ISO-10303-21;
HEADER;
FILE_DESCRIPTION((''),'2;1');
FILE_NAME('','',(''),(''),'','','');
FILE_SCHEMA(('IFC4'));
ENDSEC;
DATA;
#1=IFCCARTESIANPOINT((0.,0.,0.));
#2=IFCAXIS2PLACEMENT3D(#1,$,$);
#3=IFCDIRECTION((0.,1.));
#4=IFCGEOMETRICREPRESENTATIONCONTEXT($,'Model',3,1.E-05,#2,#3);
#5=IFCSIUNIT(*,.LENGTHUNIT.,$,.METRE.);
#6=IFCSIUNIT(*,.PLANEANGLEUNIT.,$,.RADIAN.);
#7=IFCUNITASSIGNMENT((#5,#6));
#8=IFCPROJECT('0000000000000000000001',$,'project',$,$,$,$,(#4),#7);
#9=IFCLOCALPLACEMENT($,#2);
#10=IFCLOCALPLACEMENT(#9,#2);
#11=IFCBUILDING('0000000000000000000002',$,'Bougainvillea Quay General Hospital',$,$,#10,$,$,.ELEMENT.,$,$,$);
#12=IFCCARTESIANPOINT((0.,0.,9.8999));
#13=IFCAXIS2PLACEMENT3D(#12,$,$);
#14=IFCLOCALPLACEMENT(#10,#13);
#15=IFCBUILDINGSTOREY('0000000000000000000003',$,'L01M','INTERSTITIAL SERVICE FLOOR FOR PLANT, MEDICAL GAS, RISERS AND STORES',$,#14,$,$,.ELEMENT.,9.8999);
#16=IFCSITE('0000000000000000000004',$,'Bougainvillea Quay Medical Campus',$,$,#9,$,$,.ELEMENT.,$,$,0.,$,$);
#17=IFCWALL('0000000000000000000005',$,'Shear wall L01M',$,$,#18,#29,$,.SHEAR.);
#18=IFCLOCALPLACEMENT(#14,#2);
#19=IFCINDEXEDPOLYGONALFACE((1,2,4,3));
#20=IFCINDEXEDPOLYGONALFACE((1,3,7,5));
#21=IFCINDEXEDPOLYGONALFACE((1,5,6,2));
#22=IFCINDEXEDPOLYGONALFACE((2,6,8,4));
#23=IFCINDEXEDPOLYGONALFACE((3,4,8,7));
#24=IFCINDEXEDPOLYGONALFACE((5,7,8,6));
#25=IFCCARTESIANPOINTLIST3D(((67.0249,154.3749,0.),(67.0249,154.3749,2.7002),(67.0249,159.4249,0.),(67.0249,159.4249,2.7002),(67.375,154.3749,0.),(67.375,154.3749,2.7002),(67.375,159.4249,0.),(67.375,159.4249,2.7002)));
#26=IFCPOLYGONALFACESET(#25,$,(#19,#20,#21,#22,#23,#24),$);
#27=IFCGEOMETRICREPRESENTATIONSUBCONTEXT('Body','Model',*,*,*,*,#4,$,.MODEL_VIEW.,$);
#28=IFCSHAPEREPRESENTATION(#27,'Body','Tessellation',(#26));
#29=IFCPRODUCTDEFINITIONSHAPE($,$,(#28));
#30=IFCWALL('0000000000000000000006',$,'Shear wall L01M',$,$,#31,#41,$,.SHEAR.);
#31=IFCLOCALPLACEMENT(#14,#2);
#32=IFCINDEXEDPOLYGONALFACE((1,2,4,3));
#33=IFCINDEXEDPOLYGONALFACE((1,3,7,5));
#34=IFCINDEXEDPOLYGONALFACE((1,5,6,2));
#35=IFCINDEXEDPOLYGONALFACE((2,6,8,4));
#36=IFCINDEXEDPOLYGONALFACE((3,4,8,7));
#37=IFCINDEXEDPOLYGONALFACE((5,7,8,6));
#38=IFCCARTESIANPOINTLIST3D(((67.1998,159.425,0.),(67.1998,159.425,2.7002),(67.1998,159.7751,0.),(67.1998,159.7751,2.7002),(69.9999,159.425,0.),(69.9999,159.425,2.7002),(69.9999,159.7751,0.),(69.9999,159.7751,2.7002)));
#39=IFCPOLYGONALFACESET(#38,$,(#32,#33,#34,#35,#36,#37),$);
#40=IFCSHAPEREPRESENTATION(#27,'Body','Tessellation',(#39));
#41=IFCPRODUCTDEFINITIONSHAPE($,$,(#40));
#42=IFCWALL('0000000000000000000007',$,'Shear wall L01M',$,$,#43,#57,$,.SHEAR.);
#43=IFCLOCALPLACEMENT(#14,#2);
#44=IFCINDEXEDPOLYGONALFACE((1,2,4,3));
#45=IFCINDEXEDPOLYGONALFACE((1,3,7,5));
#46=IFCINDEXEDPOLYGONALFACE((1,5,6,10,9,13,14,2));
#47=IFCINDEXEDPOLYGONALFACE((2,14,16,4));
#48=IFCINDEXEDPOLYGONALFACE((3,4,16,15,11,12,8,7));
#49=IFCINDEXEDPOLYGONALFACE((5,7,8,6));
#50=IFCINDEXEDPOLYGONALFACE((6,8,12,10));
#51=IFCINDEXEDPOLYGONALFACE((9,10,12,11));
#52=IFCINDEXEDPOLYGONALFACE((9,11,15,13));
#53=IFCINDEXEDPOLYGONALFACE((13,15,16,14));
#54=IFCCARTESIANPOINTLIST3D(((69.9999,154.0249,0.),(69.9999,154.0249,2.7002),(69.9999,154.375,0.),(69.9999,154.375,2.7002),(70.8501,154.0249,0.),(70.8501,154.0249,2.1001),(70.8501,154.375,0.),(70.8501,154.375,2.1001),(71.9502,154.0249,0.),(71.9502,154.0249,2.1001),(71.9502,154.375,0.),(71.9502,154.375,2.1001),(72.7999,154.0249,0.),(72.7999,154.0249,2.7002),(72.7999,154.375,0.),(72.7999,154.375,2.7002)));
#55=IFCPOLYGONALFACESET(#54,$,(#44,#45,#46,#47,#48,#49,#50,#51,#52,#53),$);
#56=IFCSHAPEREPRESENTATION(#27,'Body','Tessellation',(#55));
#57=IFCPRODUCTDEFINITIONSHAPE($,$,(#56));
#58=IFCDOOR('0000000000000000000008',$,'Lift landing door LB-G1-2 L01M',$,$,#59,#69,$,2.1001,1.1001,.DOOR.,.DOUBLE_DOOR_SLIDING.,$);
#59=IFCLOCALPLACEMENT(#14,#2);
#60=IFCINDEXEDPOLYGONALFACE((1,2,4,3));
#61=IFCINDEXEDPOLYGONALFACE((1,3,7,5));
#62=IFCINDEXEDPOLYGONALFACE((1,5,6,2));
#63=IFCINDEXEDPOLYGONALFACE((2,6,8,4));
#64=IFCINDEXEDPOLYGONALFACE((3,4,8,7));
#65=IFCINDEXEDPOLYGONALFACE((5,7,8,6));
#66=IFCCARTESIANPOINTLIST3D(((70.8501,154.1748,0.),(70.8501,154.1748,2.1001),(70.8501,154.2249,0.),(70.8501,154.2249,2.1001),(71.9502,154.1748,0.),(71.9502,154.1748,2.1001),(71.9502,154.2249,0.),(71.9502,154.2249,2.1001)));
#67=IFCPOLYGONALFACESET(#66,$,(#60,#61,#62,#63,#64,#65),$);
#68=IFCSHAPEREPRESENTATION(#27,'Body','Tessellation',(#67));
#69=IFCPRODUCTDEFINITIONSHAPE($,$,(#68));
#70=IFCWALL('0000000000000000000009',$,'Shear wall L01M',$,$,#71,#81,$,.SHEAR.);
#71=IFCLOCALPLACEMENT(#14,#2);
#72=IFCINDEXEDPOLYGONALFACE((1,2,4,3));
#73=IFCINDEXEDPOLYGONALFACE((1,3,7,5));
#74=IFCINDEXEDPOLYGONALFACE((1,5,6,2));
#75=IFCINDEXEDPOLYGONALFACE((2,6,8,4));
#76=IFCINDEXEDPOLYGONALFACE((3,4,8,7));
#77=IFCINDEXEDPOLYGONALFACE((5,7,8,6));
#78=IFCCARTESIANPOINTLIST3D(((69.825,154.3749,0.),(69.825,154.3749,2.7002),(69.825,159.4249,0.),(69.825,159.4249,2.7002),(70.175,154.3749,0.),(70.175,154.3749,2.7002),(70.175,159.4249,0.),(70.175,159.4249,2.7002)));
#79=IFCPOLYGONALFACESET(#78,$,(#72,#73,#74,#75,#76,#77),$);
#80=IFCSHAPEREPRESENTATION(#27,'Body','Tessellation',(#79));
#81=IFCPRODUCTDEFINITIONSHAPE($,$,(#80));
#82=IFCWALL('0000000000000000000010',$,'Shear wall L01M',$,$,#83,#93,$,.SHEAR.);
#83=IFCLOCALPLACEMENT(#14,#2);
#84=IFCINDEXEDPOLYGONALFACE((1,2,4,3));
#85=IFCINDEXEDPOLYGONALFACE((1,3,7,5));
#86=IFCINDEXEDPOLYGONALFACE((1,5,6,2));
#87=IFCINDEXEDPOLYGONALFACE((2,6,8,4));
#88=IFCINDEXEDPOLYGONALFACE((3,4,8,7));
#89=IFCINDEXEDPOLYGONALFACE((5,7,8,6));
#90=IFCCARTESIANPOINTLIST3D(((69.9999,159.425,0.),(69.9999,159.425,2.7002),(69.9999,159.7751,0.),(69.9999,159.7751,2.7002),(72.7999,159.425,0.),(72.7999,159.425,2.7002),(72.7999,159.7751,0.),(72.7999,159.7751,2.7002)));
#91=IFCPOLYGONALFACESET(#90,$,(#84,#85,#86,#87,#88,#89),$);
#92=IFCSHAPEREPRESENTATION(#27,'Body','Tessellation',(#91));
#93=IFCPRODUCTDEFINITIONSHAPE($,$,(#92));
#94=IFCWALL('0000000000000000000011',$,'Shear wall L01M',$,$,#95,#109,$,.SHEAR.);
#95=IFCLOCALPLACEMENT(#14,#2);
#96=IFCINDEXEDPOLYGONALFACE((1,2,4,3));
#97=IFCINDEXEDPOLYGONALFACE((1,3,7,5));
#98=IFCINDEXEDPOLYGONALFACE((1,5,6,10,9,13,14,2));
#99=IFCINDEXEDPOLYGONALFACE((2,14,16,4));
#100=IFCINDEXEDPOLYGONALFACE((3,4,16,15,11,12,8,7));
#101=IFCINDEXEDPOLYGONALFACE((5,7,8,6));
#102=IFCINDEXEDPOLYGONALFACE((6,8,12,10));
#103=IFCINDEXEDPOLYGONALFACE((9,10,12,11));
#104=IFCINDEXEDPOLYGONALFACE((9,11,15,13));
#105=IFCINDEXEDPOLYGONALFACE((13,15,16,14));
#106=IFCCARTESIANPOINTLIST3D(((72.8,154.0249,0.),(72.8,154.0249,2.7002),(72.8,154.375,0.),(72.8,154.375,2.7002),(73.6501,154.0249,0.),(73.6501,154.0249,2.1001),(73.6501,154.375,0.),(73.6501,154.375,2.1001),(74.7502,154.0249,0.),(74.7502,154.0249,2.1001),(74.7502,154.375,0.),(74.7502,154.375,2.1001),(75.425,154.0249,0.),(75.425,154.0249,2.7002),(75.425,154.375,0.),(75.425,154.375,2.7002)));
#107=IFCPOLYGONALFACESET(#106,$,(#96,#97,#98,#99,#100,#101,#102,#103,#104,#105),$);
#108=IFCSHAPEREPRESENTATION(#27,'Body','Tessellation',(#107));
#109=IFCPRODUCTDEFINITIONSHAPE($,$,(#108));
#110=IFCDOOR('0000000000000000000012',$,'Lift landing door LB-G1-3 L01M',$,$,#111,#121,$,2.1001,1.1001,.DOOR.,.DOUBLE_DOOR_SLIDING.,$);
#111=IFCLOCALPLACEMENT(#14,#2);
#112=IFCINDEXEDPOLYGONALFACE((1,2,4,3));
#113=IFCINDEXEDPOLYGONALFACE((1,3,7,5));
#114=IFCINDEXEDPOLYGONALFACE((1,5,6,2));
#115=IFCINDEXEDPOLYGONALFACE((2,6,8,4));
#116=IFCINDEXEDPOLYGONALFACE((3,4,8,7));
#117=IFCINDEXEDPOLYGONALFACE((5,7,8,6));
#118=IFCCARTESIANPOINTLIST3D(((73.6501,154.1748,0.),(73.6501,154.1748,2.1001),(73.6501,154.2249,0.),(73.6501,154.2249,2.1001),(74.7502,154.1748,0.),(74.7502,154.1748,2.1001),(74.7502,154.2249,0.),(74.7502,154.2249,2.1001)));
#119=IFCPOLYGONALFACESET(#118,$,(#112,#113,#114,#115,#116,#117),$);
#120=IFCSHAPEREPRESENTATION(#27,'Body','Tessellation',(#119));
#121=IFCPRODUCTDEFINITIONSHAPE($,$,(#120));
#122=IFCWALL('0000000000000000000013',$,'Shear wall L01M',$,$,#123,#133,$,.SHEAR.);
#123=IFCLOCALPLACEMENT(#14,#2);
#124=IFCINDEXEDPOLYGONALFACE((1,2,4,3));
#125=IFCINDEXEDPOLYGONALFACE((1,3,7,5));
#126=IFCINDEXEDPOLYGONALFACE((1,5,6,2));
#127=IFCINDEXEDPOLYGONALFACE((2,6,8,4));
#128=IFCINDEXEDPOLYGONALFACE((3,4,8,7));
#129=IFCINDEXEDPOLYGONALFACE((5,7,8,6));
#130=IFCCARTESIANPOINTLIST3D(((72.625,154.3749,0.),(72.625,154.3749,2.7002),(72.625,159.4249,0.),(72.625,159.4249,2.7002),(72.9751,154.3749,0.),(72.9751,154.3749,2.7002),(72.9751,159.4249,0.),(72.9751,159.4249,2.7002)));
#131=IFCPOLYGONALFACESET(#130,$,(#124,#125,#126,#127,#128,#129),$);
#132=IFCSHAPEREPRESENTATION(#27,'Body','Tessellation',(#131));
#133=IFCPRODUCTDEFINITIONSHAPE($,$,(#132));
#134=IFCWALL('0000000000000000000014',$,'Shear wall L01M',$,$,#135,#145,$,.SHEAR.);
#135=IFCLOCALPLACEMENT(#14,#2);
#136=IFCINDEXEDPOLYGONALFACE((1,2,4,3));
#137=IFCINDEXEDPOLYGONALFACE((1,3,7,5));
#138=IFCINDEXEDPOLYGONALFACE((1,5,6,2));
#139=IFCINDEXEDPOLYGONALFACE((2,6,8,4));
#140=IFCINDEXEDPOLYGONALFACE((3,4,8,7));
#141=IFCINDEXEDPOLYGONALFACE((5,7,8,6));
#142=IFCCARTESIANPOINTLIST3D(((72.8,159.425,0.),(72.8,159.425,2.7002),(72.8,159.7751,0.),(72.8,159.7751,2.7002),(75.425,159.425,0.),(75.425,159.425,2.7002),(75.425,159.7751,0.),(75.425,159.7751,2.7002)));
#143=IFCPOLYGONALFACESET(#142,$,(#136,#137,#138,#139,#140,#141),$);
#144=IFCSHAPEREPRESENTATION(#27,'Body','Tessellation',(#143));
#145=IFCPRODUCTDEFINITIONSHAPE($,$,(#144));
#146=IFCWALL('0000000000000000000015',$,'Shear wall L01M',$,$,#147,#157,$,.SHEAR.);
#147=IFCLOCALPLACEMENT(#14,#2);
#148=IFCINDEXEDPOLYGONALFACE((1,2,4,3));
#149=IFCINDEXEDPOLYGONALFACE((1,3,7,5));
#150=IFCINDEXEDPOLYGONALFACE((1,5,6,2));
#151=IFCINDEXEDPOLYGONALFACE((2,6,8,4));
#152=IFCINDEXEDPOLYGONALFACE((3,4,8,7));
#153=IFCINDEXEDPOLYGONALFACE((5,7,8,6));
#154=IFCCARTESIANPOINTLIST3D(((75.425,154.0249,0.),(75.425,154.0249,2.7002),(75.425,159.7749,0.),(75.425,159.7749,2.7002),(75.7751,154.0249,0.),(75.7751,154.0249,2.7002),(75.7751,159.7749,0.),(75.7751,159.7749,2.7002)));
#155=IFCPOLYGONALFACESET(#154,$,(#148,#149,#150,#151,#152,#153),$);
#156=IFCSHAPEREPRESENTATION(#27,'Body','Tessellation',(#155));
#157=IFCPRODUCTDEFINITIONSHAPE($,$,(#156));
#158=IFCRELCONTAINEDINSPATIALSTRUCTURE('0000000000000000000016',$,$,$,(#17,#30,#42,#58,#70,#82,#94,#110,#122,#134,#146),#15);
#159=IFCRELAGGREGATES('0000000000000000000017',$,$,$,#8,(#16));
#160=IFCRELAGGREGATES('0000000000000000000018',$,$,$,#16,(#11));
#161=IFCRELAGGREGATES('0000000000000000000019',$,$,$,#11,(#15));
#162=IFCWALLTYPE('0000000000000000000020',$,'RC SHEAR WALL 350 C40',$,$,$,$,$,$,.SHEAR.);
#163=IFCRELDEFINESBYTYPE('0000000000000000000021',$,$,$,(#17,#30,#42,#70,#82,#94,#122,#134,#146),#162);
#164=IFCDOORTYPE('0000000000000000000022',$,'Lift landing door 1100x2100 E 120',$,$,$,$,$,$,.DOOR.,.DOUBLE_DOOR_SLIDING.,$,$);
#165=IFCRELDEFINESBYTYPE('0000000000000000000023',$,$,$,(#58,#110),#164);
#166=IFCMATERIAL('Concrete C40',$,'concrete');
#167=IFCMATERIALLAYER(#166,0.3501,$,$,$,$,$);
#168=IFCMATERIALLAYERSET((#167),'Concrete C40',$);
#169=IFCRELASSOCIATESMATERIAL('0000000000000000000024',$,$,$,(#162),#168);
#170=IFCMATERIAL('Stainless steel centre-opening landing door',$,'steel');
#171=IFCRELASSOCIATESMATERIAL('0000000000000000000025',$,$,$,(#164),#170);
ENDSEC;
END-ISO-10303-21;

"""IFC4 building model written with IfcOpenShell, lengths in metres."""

from ifc_helpers import new_model, si_unit, direction, frame, frame_2d, origin, place, context, subcontext, project, spatial, rectangle, extrude, material, layer, layer_set, type_object, element, fill, save


model = new_model("IFC4")

# Units and contexts
model_context = context("Model", 3, precision=1e-05, world=origin(), true_north=direction((0.0, 1.0)))
body_context = subcontext(model_context, "Body", "Model", "MODEL_VIEW")
ifc_project = project(units=[si_unit("LENGTHUNIT", "METRE"), si_unit("PLANEANGLEUNIT", "RADIAN")], contexts=[model_context])

# Site, building, storey
site_placement = place(None, origin())
site = spatial("IfcSite", under=ifc_project, at=site_placement, Name="Bougainvillea Quay Medical Campus", CompositionType="ELEMENT", RefElevation=0.0)
building_placement = place(site_placement, origin())
building = spatial("IfcBuilding", under=site, at=building_placement, Name="Bougainvillea Quay General Hospital", CompositionType="ELEMENT")
storey_placement = place(building_placement, frame((0.0, 0.0, 9.8999)))
storey = spatial("IfcBuildingStorey", under=building, at=storey_placement, Name="L01M", Description="INTERSTITIAL SERVICE FLOOR FOR PLANT, MEDICAL GAS, RISERS AND STORES", CompositionType="ELEMENT", Elevation=9.8999)

# Shared definitions
ifc_material_1 = material(Name="Concrete C40", Category="concrete")
ifc_layer_1 = layer(ifc_material_1, 0.3501)
ifc_layer_set_1 = layer_set([ifc_layer_1], Name="Concrete C40")
wall_type_1 = type_object("IfcWallType", Name="RC SHEAR WALL 350 C40", PredefinedType="SHEAR", material=ifc_layer_set_1)
ifc_material_2 = material(Name="Stainless steel centre-opening landing door", Category="steel")
door_type_1 = type_object("IfcDoorType", Name="Lift landing door 1100x2100 E 120", OperationType="DOUBLE_DOOR_SLIDING", PredefinedType="DOOR", material=ifc_material_2)

# Walls
wall_1_placement = place(storey_placement, frame((67.2, 154.375, 0.0), z_axis=(0.0, 0.0, 1.0), x_axis=(0.0, 1.0, 0.0)))
element("IfcWall", 1, at=wall_1_placement, inside=storey, type_object=wall_type_1, Name="Shear wall L01M", PredefinedType="SHEAR", context=body_context, shape_type="SweptSolid", body=[
    extrude(rectangle(XDim=5.05, YDim=0.3501, at=frame_2d((2.5249, 0.0))), origin(), (0.0, 0.0, 1.0), 2.7002),
])
wall_2_placement = place(storey_placement, frame((67.2, 159.6001, 0.0), z_axis=(0.0, 0.0, 1.0), x_axis=(1.0, 0.0, 0.0)))
element("IfcWall", 2, at=wall_2_placement, inside=storey, type_object=wall_type_1, Name="Shear wall L01M", PredefinedType="SHEAR", context=body_context, shape_type="SweptSolid", body=[
    extrude(rectangle(XDim=2.8, YDim=0.3501, at=frame_2d((1.3999, 0.0))), origin(), (0.0, 0.0, 1.0), 2.7002),
])

# Wall, opening, door
wall_3_placement = place(storey_placement, frame((70.0, 154.2, 0.0), z_axis=(0.0, 0.0, 1.0), x_axis=(1.0, 0.0, 0.0)))
wall_3 = element("IfcWall", 3, at=wall_3_placement, inside=storey, type_object=wall_type_1, Name="Shear wall L01M", PredefinedType="SHEAR", context=body_context, shape_type="SweptSolid", body=[
    extrude(rectangle(XDim=2.8, YDim=0.3501, at=frame_2d((1.3999, 0.0))), origin(), (0.0, 0.0, 1.0), 2.7002),
])
opening_1_placement = place(wall_3_placement, frame((0.8501, 0.0, 0.0)))
opening_1 = element("IfcOpeningElement", 4, at=opening_1_placement, cuts=wall_3, PredefinedType="OPENING", context=body_context, shape_type="SweptSolid", body=[
    extrude(rectangle(XDim=1.1001, YDim=2.1001, at=frame_2d((0.55, 1.05))), frame((0.0, 0.1851, 0.0), z_axis=(0.0, -1.0, 0.0), x_axis=(1.0, 0.0, 0.0)), (0.0, 0.0, 1.0), 0.3701),
])
door_1_placement = place(opening_1_placement, origin())
door_1 = element("IfcDoor", 5, at=door_1_placement, inside=storey, type_object=door_type_1, Name="Lift landing door LB-G1-2 L01M", OperationType="DOUBLE_DOOR_SLIDING", OverallHeight=2.1001, OverallWidth=1.1001, PredefinedType="DOOR", context=body_context, shape_type="SweptSolid", body=[
    extrude(rectangle(XDim=1.1001, YDim=2.1001, at=frame_2d((0.55, 1.05))), frame((0.0, 0.0249, 0.0), z_axis=(0.0, -1.0, 0.0), x_axis=(1.0, 0.0, 0.0)), (0.0, 0.0, 1.0), 0.05),
])
fill(opening_1, door_1)

# Walls
wall_4_placement = place(storey_placement, frame((70.0, 154.375, 0.0), z_axis=(0.0, 0.0, 1.0), x_axis=(0.0, 1.0, 0.0)))
element("IfcWall", 6, at=wall_4_placement, inside=storey, type_object=wall_type_1, Name="Shear wall L01M", PredefinedType="SHEAR", context=body_context, shape_type="SweptSolid", body=[
    extrude(rectangle(XDim=5.05, YDim=0.3501, at=frame_2d((2.5249, 0.0))), origin(), (0.0, 0.0, 1.0), 2.7002),
])
wall_5_placement = place(storey_placement, frame((70.0, 159.6001, 0.0), z_axis=(0.0, 0.0, 1.0), x_axis=(1.0, 0.0, 0.0)))
element("IfcWall", 7, at=wall_5_placement, inside=storey, type_object=wall_type_1, Name="Shear wall L01M", PredefinedType="SHEAR", context=body_context, shape_type="SweptSolid", body=[
    extrude(rectangle(XDim=2.8, YDim=0.3501, at=frame_2d((1.3999, 0.0))), origin(), (0.0, 0.0, 1.0), 2.7002),
])

# Wall, opening, door
wall_6_placement = place(storey_placement, frame((72.8, 154.2, 0.0), z_axis=(0.0, 0.0, 1.0), x_axis=(1.0, 0.0, 0.0)))
wall_6 = element("IfcWall", 8, at=wall_6_placement, inside=storey, type_object=wall_type_1, Name="Shear wall L01M", PredefinedType="SHEAR", context=body_context, shape_type="SweptSolid", body=[
    extrude(rectangle(XDim=2.625, YDim=0.3501, at=frame_2d((1.3125, 0.0))), origin(), (0.0, 0.0, 1.0), 2.7002),
])
opening_2_placement = place(wall_6_placement, frame((0.8501, 0.0, 0.0)))
opening_2 = element("IfcOpeningElement", 9, at=opening_2_placement, cuts=wall_6, PredefinedType="OPENING", context=body_context, shape_type="SweptSolid", body=[
    extrude(rectangle(XDim=1.1001, YDim=2.1001, at=frame_2d((0.55, 1.05))), frame((0.0, 0.1851, 0.0), z_axis=(0.0, -1.0, 0.0), x_axis=(1.0, 0.0, 0.0)), (0.0, 0.0, 1.0), 0.3701),
])
door_2_placement = place(opening_2_placement, origin())
door_2 = element("IfcDoor", 10, at=door_2_placement, inside=storey, type_object=door_type_1, Name="Lift landing door LB-G1-3 L01M", OperationType="DOUBLE_DOOR_SLIDING", OverallHeight=2.1001, OverallWidth=1.1001, PredefinedType="DOOR", context=body_context, shape_type="SweptSolid", body=[
    extrude(rectangle(XDim=1.1001, YDim=2.1001, at=frame_2d((0.55, 1.05))), frame((0.0, 0.0249, 0.0), z_axis=(0.0, -1.0, 0.0), x_axis=(1.0, 0.0, 0.0)), (0.0, 0.0, 1.0), 0.05),
])
fill(opening_2, door_2)

# Walls
wall_7_placement = place(storey_placement, frame((72.8, 154.375, 0.0), z_axis=(0.0, 0.0, 1.0), x_axis=(0.0, 1.0, 0.0)))
element("IfcWall", 11, at=wall_7_placement, inside=storey, type_object=wall_type_1, Name="Shear wall L01M", PredefinedType="SHEAR", context=body_context, shape_type="SweptSolid", body=[
    extrude(rectangle(XDim=5.05, YDim=0.3501, at=frame_2d((2.5249, 0.0))), origin(), (0.0, 0.0, 1.0), 2.7002),
])
wall_8_placement = place(storey_placement, frame((72.8, 159.6001, 0.0), z_axis=(0.0, 0.0, 1.0), x_axis=(1.0, 0.0, 0.0)))
element("IfcWall", 12, at=wall_8_placement, inside=storey, type_object=wall_type_1, Name="Shear wall L01M", PredefinedType="SHEAR", context=body_context, shape_type="SweptSolid", body=[
    extrude(rectangle(XDim=2.625, YDim=0.3501, at=frame_2d((1.3125, 0.0))), origin(), (0.0, 0.0, 1.0), 2.7002),
])
wall_9_placement = place(storey_placement, frame((75.6001, 154.0249, 0.0), z_axis=(0.0, 0.0, 1.0), x_axis=(0.0, 1.0, 0.0)))
element("IfcWall", 13, at=wall_9_placement, inside=storey, type_object=wall_type_1, Name="Shear wall L01M", PredefinedType="SHEAR", context=body_context, shape_type="SweptSolid", body=[
    extrude(rectangle(XDim=5.75, YDim=0.3501, at=frame_2d((2.875, 0.0))), origin(), (0.0, 0.0, 1.0), 2.7002),
])

save(model, "model.ifc")
